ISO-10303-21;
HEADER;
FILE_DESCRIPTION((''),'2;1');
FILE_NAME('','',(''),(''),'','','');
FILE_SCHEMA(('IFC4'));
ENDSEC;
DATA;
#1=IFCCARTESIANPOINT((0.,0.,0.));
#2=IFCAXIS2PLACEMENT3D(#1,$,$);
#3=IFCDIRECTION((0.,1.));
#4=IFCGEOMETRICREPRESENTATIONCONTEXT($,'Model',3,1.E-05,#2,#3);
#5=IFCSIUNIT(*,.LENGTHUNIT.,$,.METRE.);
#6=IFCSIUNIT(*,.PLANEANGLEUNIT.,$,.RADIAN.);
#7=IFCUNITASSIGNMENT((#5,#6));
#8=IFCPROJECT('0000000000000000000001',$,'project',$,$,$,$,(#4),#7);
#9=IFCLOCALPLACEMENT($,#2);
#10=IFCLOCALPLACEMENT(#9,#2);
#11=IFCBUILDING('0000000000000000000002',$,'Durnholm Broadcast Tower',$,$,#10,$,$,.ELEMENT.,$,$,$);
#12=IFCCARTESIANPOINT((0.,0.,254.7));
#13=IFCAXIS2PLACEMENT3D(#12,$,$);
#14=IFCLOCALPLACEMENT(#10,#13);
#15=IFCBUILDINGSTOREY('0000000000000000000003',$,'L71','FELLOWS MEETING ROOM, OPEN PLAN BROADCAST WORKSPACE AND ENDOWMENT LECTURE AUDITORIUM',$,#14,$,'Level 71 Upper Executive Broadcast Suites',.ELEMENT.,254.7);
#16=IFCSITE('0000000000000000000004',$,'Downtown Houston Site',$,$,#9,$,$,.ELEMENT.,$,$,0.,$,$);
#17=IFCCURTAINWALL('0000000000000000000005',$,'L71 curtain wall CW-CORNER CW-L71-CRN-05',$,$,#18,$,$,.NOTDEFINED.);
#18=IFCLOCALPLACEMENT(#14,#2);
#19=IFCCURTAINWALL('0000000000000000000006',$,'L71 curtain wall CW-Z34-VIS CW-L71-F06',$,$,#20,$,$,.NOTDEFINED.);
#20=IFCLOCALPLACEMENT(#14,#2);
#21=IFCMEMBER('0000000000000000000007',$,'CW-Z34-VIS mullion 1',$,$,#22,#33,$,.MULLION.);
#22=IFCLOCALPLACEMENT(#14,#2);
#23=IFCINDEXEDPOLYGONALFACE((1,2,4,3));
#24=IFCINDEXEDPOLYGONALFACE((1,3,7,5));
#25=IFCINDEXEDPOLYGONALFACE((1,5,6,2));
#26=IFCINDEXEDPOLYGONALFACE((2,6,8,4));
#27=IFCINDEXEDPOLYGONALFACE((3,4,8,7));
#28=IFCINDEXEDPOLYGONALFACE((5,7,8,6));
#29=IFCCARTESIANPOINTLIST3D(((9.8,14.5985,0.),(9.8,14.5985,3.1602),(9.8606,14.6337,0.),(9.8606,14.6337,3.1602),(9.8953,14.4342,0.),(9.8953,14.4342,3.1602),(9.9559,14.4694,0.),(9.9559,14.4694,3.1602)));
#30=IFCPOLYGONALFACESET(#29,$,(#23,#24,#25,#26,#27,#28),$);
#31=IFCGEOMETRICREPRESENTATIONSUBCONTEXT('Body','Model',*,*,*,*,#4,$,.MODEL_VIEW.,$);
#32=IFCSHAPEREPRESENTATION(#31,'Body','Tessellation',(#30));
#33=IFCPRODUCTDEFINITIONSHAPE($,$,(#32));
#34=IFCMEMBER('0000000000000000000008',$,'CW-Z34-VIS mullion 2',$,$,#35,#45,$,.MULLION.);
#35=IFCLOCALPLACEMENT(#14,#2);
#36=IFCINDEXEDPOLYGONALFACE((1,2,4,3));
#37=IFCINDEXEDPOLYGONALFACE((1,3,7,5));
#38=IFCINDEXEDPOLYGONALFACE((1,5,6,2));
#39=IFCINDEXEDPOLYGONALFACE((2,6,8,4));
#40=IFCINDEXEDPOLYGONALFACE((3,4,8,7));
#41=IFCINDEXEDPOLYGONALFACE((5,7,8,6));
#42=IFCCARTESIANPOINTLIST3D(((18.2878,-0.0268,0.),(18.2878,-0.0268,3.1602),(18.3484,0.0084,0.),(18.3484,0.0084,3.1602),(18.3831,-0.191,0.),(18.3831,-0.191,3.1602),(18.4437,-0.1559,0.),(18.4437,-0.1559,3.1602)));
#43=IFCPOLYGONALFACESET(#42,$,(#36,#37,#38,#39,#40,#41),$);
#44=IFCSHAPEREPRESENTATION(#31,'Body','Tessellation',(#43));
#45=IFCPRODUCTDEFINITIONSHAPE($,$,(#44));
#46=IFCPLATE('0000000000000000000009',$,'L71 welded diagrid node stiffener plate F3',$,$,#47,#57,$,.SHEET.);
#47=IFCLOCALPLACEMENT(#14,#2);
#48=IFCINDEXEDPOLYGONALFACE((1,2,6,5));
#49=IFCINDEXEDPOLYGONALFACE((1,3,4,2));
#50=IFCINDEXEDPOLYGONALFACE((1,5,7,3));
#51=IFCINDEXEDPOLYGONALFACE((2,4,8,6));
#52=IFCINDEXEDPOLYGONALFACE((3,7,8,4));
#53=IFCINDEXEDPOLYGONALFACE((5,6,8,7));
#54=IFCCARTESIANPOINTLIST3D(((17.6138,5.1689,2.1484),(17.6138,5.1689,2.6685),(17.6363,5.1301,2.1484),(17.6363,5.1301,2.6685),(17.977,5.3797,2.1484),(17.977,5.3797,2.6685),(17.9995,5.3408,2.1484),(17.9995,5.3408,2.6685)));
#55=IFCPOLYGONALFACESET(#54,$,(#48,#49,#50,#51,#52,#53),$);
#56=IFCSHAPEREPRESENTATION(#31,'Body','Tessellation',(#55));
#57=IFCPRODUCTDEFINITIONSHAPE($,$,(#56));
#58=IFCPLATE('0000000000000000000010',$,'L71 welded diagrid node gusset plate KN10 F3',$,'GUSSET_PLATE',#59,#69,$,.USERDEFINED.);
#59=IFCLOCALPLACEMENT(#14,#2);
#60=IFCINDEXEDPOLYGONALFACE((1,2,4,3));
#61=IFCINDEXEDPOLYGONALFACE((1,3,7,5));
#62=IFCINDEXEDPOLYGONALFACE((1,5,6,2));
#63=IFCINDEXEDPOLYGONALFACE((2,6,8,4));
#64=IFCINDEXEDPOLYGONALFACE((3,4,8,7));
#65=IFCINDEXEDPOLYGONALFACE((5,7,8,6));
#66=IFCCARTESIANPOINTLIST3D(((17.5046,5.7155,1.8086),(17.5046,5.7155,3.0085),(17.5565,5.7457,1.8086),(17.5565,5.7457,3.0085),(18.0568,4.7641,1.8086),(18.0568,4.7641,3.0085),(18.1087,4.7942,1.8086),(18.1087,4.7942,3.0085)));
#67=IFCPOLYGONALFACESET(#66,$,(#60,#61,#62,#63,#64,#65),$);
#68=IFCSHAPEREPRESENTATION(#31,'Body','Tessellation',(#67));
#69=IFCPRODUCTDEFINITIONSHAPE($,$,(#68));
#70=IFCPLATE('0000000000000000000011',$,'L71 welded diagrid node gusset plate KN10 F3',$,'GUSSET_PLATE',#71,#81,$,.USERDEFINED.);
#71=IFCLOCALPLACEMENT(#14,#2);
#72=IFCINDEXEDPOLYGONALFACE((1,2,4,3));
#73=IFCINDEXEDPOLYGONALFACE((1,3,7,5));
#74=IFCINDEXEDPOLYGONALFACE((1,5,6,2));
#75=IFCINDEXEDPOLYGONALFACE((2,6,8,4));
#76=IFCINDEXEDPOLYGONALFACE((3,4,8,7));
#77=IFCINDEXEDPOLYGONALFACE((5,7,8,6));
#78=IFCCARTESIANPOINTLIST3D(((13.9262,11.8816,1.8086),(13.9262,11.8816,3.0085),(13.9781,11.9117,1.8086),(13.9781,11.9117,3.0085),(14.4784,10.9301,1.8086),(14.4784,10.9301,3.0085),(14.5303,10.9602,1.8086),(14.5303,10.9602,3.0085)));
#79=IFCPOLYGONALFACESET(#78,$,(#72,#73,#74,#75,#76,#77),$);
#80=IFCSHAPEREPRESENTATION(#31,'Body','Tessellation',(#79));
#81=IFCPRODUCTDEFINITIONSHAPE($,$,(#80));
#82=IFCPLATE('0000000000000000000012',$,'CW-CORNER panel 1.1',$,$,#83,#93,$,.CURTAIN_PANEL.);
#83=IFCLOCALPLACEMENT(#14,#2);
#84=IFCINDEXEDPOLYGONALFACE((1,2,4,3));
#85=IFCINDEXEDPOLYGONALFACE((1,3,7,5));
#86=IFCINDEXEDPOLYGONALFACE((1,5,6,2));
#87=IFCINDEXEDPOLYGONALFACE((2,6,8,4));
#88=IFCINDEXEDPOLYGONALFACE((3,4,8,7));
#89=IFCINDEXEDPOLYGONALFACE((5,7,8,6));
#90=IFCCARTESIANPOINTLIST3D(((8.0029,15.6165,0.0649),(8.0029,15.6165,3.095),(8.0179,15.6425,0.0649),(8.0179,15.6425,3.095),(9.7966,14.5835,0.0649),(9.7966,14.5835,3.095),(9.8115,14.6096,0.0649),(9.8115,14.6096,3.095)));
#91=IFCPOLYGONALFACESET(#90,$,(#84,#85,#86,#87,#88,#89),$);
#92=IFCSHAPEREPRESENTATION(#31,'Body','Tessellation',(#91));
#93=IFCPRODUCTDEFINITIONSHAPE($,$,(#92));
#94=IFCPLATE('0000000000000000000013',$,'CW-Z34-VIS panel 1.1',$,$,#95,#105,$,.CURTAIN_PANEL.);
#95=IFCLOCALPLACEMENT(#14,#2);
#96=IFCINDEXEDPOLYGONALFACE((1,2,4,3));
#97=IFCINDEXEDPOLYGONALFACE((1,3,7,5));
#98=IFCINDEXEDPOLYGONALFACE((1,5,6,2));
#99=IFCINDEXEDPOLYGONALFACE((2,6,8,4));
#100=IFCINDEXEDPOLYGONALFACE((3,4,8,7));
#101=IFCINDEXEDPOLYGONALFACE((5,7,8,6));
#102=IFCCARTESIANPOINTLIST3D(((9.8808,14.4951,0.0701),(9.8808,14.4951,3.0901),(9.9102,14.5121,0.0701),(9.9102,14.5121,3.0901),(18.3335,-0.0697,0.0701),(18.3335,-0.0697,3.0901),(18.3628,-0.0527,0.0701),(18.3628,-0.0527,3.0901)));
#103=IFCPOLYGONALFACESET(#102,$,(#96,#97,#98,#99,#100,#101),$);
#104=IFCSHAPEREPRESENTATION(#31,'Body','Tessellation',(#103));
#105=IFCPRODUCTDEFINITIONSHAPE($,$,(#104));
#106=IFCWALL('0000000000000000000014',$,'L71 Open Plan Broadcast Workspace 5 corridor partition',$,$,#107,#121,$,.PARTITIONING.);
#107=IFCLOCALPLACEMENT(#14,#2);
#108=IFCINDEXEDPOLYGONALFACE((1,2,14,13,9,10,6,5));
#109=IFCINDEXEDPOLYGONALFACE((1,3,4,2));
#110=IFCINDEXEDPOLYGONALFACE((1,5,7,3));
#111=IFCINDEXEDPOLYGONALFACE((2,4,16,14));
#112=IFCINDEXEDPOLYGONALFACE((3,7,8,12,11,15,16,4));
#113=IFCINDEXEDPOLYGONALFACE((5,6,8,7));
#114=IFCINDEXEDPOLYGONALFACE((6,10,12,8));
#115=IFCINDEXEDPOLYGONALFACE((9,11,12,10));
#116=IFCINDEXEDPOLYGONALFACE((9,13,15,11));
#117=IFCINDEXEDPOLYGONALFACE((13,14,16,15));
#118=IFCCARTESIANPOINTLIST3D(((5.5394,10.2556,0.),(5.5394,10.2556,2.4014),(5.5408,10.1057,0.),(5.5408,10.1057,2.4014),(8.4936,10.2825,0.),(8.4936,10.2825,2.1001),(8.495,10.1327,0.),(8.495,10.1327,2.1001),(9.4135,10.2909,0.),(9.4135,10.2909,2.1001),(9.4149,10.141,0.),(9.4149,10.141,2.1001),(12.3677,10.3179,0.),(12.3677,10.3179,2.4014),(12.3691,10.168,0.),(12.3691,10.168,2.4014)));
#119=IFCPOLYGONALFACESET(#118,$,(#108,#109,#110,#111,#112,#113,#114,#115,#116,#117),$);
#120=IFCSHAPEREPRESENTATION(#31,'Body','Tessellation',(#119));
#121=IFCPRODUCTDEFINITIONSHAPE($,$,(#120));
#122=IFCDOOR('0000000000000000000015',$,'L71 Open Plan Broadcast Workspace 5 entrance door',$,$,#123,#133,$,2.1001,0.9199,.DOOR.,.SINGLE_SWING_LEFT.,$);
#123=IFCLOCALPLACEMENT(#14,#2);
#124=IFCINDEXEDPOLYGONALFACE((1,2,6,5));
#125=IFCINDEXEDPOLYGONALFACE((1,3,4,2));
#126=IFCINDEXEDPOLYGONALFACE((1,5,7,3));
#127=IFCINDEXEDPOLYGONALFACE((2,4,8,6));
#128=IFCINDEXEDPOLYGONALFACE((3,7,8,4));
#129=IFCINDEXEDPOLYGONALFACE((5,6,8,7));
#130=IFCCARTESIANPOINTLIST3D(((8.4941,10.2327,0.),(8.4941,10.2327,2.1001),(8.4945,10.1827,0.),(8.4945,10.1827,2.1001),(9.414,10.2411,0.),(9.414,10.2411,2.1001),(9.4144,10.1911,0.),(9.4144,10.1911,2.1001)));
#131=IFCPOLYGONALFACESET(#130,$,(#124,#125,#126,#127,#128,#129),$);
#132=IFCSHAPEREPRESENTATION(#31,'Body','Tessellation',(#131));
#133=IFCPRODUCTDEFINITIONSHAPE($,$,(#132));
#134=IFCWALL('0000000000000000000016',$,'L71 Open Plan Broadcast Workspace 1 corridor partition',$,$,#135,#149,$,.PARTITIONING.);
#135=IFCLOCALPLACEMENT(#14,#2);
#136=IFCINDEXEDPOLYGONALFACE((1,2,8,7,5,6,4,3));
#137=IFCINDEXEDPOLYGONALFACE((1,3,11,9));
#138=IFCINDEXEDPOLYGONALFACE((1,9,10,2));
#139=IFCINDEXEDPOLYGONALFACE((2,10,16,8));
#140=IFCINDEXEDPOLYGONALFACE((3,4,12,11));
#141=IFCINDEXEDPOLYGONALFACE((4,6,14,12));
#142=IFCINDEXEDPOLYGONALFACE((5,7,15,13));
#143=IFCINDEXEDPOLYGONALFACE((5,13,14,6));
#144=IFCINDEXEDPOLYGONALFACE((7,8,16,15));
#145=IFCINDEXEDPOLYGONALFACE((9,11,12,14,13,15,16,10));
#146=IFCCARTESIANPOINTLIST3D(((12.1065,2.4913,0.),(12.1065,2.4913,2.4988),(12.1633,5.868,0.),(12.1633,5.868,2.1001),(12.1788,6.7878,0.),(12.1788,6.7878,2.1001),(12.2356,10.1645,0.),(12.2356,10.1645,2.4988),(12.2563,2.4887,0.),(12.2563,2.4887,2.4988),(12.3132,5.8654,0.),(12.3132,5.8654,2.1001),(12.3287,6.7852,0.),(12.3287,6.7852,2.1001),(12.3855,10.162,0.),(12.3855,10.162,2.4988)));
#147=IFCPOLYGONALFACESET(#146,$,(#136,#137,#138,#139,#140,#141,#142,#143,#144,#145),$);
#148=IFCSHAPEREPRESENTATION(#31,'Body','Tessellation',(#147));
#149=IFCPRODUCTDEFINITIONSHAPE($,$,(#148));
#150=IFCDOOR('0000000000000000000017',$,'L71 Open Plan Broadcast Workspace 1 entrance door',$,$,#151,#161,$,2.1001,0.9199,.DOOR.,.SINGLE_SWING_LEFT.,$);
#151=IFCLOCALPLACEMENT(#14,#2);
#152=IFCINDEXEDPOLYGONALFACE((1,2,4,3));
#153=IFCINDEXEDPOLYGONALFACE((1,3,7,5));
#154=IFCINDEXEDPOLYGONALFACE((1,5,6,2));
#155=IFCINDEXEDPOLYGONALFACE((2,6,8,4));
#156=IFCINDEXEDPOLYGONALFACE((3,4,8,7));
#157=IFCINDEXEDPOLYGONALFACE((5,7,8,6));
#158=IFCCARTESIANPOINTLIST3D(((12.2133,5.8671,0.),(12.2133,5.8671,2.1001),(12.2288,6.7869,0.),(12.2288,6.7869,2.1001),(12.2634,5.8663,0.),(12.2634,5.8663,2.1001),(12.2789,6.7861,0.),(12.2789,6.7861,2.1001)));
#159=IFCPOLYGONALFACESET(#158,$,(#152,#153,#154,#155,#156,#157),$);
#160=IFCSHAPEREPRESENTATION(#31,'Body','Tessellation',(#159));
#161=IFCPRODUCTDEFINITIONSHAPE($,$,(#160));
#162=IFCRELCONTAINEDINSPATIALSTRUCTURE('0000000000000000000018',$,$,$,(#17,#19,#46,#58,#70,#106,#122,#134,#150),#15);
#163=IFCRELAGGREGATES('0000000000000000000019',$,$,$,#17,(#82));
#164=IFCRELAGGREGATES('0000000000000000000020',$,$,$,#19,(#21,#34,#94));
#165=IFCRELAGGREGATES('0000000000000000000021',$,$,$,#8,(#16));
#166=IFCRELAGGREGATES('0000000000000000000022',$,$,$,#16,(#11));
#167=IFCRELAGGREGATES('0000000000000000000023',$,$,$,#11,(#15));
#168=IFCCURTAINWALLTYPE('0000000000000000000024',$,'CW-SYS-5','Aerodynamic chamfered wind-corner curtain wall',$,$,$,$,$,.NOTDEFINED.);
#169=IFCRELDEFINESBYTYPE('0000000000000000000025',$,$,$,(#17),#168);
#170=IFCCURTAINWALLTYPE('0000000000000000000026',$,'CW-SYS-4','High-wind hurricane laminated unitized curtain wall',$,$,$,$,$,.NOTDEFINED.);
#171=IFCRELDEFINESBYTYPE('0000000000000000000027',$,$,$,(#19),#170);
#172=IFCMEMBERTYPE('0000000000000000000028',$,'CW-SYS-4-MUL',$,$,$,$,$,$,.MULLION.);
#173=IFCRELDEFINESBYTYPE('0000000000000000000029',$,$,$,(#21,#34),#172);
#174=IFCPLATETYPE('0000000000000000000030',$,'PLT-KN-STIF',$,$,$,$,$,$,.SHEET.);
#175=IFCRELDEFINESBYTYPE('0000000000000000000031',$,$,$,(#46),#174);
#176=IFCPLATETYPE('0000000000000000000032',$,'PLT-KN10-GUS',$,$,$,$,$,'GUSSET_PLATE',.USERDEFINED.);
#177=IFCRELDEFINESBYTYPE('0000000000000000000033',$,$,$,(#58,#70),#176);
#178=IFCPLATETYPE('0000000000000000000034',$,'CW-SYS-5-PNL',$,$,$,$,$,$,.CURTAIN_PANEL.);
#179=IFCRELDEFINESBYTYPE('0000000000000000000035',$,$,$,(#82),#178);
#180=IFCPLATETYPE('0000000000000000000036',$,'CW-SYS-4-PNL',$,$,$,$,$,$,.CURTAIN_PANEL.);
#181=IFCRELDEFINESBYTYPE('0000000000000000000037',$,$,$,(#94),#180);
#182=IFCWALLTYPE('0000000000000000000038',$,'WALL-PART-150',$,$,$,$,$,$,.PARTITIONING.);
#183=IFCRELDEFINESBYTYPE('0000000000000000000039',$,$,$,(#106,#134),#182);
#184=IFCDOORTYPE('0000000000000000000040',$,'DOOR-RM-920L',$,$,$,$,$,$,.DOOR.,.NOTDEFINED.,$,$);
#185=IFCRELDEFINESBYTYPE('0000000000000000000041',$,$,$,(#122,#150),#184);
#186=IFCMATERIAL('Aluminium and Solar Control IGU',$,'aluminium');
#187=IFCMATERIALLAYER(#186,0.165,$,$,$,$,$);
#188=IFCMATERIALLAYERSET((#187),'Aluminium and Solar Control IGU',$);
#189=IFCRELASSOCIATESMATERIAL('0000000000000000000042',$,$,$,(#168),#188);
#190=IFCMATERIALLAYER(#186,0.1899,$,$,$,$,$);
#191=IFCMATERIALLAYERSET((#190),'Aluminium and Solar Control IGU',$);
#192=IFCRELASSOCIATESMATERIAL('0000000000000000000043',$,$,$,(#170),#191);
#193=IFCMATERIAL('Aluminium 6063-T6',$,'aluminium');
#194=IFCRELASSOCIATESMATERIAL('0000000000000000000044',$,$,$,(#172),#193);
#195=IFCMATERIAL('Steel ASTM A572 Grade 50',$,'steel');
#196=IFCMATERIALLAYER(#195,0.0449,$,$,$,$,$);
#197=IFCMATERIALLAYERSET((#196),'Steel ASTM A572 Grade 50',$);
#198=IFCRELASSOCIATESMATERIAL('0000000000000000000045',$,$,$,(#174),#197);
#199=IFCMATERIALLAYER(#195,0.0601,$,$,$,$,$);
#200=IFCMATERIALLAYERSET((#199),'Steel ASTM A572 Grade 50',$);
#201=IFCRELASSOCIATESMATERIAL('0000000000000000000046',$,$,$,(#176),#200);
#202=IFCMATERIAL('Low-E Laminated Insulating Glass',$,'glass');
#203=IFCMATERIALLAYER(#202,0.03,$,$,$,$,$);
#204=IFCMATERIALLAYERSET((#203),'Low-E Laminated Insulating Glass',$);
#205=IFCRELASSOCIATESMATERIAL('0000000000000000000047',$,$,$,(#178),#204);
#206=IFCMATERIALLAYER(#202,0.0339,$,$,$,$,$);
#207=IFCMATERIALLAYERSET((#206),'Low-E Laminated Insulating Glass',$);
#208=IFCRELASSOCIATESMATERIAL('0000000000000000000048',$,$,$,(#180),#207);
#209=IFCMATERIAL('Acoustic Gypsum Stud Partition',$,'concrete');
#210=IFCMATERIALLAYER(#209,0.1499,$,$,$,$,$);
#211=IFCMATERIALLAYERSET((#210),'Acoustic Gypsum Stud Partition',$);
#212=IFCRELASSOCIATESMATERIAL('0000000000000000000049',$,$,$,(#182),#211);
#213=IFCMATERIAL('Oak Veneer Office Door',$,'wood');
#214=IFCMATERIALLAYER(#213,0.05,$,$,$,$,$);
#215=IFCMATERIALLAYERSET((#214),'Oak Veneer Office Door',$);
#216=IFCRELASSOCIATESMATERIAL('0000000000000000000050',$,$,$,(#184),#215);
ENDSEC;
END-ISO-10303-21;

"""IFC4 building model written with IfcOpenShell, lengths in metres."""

from ifc_helpers import new_model, si_unit, direction, frame, frame_2d, origin, origin_2d, place, context, subcontext, project, spatial, rectangle, extrude, source, transform, mapped, material, layer, layer_set, material_profile, profile_set, type_object, type_shapes, element, fill, aggregate, save


model = new_model("IFC4")

# Units and contexts
model_context = context("Model", 3, precision=1e-05, world=origin(), true_north=direction((0.0, 1.0)))
body_context = subcontext(model_context, "Body", "Model", "MODEL_VIEW")
ifc_project = project(units=[si_unit("LENGTHUNIT", "METRE"), si_unit("PLANEANGLEUNIT", "RADIAN")], contexts=[model_context])

# Site, building, storey
site_placement = place(None, origin())
site = spatial("IfcSite", under=ifc_project, at=site_placement, Name="Downtown Houston Site", CompositionType="ELEMENT", RefElevation=0.0)
building_placement = place(site_placement, origin())
building = spatial("IfcBuilding", under=site, at=building_placement, Name="Durnholm Broadcast Tower", CompositionType="ELEMENT")
storey_placement = place(building_placement, frame((0.0, 0.0, 254.7)))
storey = spatial("IfcBuildingStorey", under=building, at=storey_placement, Name="L71", Description="FELLOWS MEETING ROOM, OPEN PLAN BROADCAST WORKSPACE AND ENDOWMENT LECTURE AUDITORIUM", LongName="Level 71 Upper Executive Broadcast Suites", CompositionType="ELEMENT", Elevation=254.7)

# Curtain walls
ifc_material_1 = material(Name="Aluminium and Solar Control IGU", Category="aluminium")
ifc_layer_1 = layer(ifc_material_1, 0.165)
ifc_layer_set_1 = layer_set([ifc_layer_1], Name="Aluminium and Solar Control IGU")
curtain_wall_type_1 = type_object("IfcCurtainWallType", Name="CW-SYS-5", Description="Aerodynamic chamfered wind-corner curtain wall", PredefinedType="NOTDEFINED", material=ifc_layer_set_1)
curtain_wall_1_placement = place(storey_placement, origin())
curtain_wall_1 = element("IfcCurtainWall", 1, at=curtain_wall_1_placement, inside=storey, type_object=curtain_wall_type_1, Name="L71 curtain wall CW-CORNER CW-L71-CRN-05", PredefinedType="NOTDEFINED")
ifc_material_2 = material(Name="Aluminium 6063-T6", Category="aluminium")
ifc_layer_2 = layer(ifc_material_1, 0.1899)
ifc_layer_set_2 = layer_set([ifc_layer_2], Name="Aluminium and Solar Control IGU")
curtain_wall_type_2 = type_object("IfcCurtainWallType", Name="CW-SYS-4", Description="High-wind hurricane laminated unitized curtain wall", PredefinedType="NOTDEFINED", material=ifc_layer_set_2)
curtain_wall_2_placement = place(storey_placement, origin())
curtain_wall_2 = element("IfcCurtainWall", 2, at=curtain_wall_2_placement, inside=storey, type_object=curtain_wall_type_2, Name="L71 curtain wall CW-Z34-VIS CW-L71-F06", PredefinedType="NOTDEFINED")

# Members
ifc_material_profile_1 = material_profile(ifc_material_2, rectangle(XDim=0.0701, YDim=0.1899, at=origin_2d()), Name="CWM70X190")
ifc_profile_set_1 = profile_set([ifc_material_profile_1], Name="Aluminium 6063-T6")
member_type_1 = type_object("IfcMemberType", Name="CW-SYS-4-MUL", PredefinedType="MULLION", material=ifc_profile_set_1)
shared_shape_1 = source(origin(), body_context, "Body", "SweptSolid", [
    extrude(rectangle(XDim=0.0701, YDim=0.1899, at=origin_2d()), origin(), (0.0, 0.0, 1.0), 3.1602),
])
type_shapes(member_type_1, [shared_shape_1])
member_1_placement = place(storey_placement, frame((9.8779, 14.5339, 0.0), z_axis=(0.0, 0.0, 1.0), x_axis=(0.8649, 0.501944, 0.0)))
member_1 = element("IfcMember", 3, at=member_1_placement, type_object=member_type_1, Name="CW-Z34-VIS mullion 1", PredefinedType="MULLION", context=body_context, shape_type="MappedRepresentation", body=[
    mapped(shared_shape_1, transform((0.0, 0.0, 0.0), x_axis=(1.0, 0.0, 0.0), y_axis=(0.0, 1.0, 0.0), z_axis=(0.0, 0.0, 1.0), scale=1.0)),
])
member_2_placement = place(storey_placement, frame((18.3657, -0.0913, 0.0), z_axis=(0.0, 0.0, 1.0), x_axis=(0.8649, 0.501944, 0.0)))
member_2 = element("IfcMember", 4, at=member_2_placement, type_object=member_type_1, Name="CW-Z34-VIS mullion 2", PredefinedType="MULLION", context=body_context, shape_type="MappedRepresentation", body=[
    mapped(shared_shape_1, transform((0.0, 0.0, 0.0), x_axis=(1.0, 0.0, 0.0), y_axis=(0.0, 1.0, 0.0), z_axis=(0.0, 0.0, 1.0), scale=1.0)),
])

# Plates
ifc_material_3 = material(Name="Steel ASTM A572 Grade 50", Category="steel")
ifc_layer_3 = layer(ifc_material_3, 0.0449)
ifc_layer_set_3 = layer_set([ifc_layer_3], Name="Steel ASTM A572 Grade 50")
plate_type_1 = type_object("IfcPlateType", Name="PLT-KN-STIF", PredefinedType="SHEET", material=ifc_layer_set_3)
shared_shape_2 = source(origin(), body_context, "Body", "SweptSolid", [
    extrude(rectangle(XDim=0.0449, YDim=0.4199, at=origin_2d()), origin(), (0.0, 0.0, 1.0), 0.52),
])
type_shapes(plate_type_1, [shared_shape_2])
plate_1_placement = place(storey_placement, frame((17.8066, 5.2549, 2.1484), z_axis=(0.0, 0.0, 1.0), x_axis=(-0.501964, 0.864889, 0.0)))
element("IfcPlate", 5, at=plate_1_placement, inside=storey, type_object=plate_type_1, Name="L71 welded diagrid node stiffener plate F3", PredefinedType="SHEET", context=body_context, shape_type="MappedRepresentation", body=[
    mapped(shared_shape_2, transform((0.0, 0.0, 0.0), x_axis=(1.0, 0.0, 0.0), y_axis=(0.0, 1.0, 0.0), z_axis=(0.0, 0.0, 1.0), scale=1.0)),
])
ifc_layer_4 = layer(ifc_material_3, 0.0601)
ifc_layer_set_4 = layer_set([ifc_layer_4], Name="Steel ASTM A572 Grade 50")
plate_type_2 = type_object("IfcPlateType", Name="PLT-KN10-GUS", ElementType="GUSSET_PLATE", PredefinedType="USERDEFINED", material=ifc_layer_set_4)
shared_shape_3 = source(origin(), body_context, "Body", "SweptSolid", [
    extrude(rectangle(XDim=1.1001, YDim=0.0601, at=origin_2d()), origin(), (0.0, 0.0, 1.0), 1.2),
])
type_shapes(plate_type_2, [shared_shape_3])
for number, where, z_axis, x_axis, name in (
    (6, (17.8066, 5.2549, 1.8086), (0.0, 0.0, 1.0), (-0.501964, 0.864889, 0.0), "L71 welded diagrid node gusset plate KN10 F3"),
    (7, (14.2283, 11.4209, 1.8086), (0.0, 0.0, 1.0), (-0.501964, 0.864889, 0.0), "L71 welded diagrid node gusset plate KN10 F3"),
):
    element("IfcPlate", number, at=place(storey_placement, frame(where, z_axis=z_axis, x_axis=x_axis)), inside=storey, type_object=plate_type_2, Name=name, ObjectType="GUSSET_PLATE", PredefinedType="USERDEFINED", context=body_context, shape_type="MappedRepresentation", body=[
        mapped(shared_shape_3, transform((0.0, 0.0, 0.0), x_axis=(1.0, 0.0, 0.0), y_axis=(0.0, 1.0, 0.0), z_axis=(0.0, 0.0, 1.0), scale=1.0)),
    ])

# Plates
ifc_material_4 = material(Name="Low-E Laminated Insulating Glass", Category="glass")
ifc_layer_5 = layer(ifc_material_4, 0.03)
ifc_layer_set_5 = layer_set([ifc_layer_5], Name="Low-E Laminated Insulating Glass")
plate_type_3 = type_object("IfcPlateType", Name="CW-SYS-5-PNL", PredefinedType="CURTAIN_PANEL", material=ifc_layer_set_5)
shared_shape_4 = source(origin(), body_context, "Body", "SweptSolid", [
    extrude(rectangle(XDim=2.0698, YDim=0.03, at=origin_2d()), origin(), (0.0, 0.0, 1.0), 3.03),
])
type_shapes(plate_type_3, [shared_shape_4])
plate_2_placement = place(storey_placement, frame((8.9072, 15.113, 0.0649), z_axis=(0.0, 0.0, 1.0), x_axis=(0.866568, -0.499059, 0.0)))
plate_2 = element("IfcPlate", 8, at=plate_2_placement, type_object=plate_type_3, Name="CW-CORNER panel 1.1", PredefinedType="CURTAIN_PANEL", context=body_context, shape_type="MappedRepresentation", body=[
    mapped(shared_shape_4, transform((0.0, 0.0, 0.0), x_axis=(1.0, 0.0, 0.0), y_axis=(0.0, 1.0, 0.0), z_axis=(0.0, 0.0, 1.0), scale=1.0)),
])
aggregate(curtain_wall_1, [plate_2])
ifc_layer_6 = layer(ifc_material_4, 0.0339)
ifc_layer_set_6 = layer_set([ifc_layer_6], Name="Low-E Laminated Insulating Glass")
plate_type_4 = type_object("IfcPlateType", Name="CW-SYS-4-PNL", PredefinedType="CURTAIN_PANEL", material=ifc_layer_set_6)
shared_shape_5 = source(origin(), body_context, "Body", "SweptSolid", [
    extrude(rectangle(XDim=16.8398, YDim=0.0339, at=origin_2d()), origin(), (0.0, 0.0, 1.0), 3.02),
])
type_shapes(plate_type_4, [shared_shape_5])
plate_3_placement = place(storey_placement, frame((14.1218, 7.2212, 0.0701), z_axis=(0.0, 0.0, 1.0), x_axis=(0.501944, -0.8649, 0.0)))
plate_3 = element("IfcPlate", 9, at=plate_3_placement, type_object=plate_type_4, Name="CW-Z34-VIS panel 1.1", PredefinedType="CURTAIN_PANEL", context=body_context, shape_type="MappedRepresentation", body=[
    mapped(shared_shape_5, transform((0.0, 0.0, 0.0), x_axis=(1.0, 0.0, 0.0), y_axis=(0.0, 1.0, 0.0), z_axis=(0.0, 0.0, 1.0), scale=1.0)),
])
aggregate(curtain_wall_2, [member_1, member_2, plate_3])

# Walls, openings, doors
ifc_material_5 = material(Name="Acoustic Gypsum Stud Partition", Category="concrete")
ifc_layer_7 = layer(ifc_material_5, 0.1499)
ifc_layer_set_7 = layer_set([ifc_layer_7], Name="Acoustic Gypsum Stud Partition")
wall_type_1 = type_object("IfcWallType", Name="WALL-PART-150", PredefinedType="PARTITIONING", material=ifc_layer_set_7)
wall_1_placement = place(storey_placement, frame((12.3684, 10.2429, 0.0), z_axis=(0.0, 0.0, 1.0), x_axis=(-0.999958, -0.009117, 0.0)))
wall_1 = element("IfcWall", 10, at=wall_1_placement, inside=storey, type_object=wall_type_1, Name="L71 Open Plan Broadcast Workspace 5 corridor partition", PredefinedType="PARTITIONING", context=body_context, shape_type="SweptSolid", body=[
    extrude(rectangle(XDim=6.8286, YDim=0.1499, at=frame_2d((3.4143, 0.0))), origin(), (0.0, 0.0, 1.0), 2.4014),
])
opening_1_placement = place(wall_1_placement, frame((2.9543, 0.0, 0.0)))
opening_1 = element("IfcOpeningElement", 11, at=opening_1_placement, cuts=wall_1, PredefinedType="OPENING", context=body_context, shape_type="SweptSolid", body=[
    extrude(rectangle(XDim=0.9199, YDim=2.1001, at=frame_2d((0.46, 1.05))), frame((0.0, 0.085, 0.0), z_axis=(0.0, -1.0, 0.0), x_axis=(1.0, 0.0, 0.0)), (0.0, 0.0, 1.0), 0.1699),
])
ifc_material_6 = material(Name="Oak Veneer Office Door", Category="wood")
ifc_layer_8 = layer(ifc_material_6, 0.05)
ifc_layer_set_8 = layer_set([ifc_layer_8], Name="Oak Veneer Office Door")
door_type = type_object("IfcDoorType", Name="DOOR-RM-920L", OperationType="NOTDEFINED", PredefinedType="DOOR", material=ifc_layer_set_8)
shared_shape_6 = source(origin(), body_context, "Body", "SweptSolid", [
    extrude(rectangle(XDim=0.9199, YDim=2.1001, at=frame_2d((0.46, 1.05))), frame((0.0, 0.0249, 0.0), z_axis=(0.0, -1.0, 0.0), x_axis=(1.0, 0.0, 0.0)), (0.0, 0.0, 1.0), 0.05),
])
type_shapes(door_type, [shared_shape_6])
door_1_placement = place(opening_1_placement, origin())
door_1 = element("IfcDoor", 12, at=door_1_placement, inside=storey, type_object=door_type, Name="L71 Open Plan Broadcast Workspace 5 entrance door", OperationType="SINGLE_SWING_LEFT", OverallHeight=2.1001, OverallWidth=0.9199, PredefinedType="DOOR", context=body_context, shape_type="MappedRepresentation", body=[
    mapped(shared_shape_6, transform((0.0, 0.0, 0.0), x_axis=(1.0, 0.0, 0.0), y_axis=(0.0, 1.0, 0.0), z_axis=(0.0, 0.0, 1.0), scale=1.0)),
])
fill(opening_1, door_1)
wall_2_placement = place(storey_placement, frame((12.1814, 2.49, 0.0), z_axis=(0.0, 0.0, 1.0), x_axis=(0.016829, 0.999858, 0.0)))
wall_2 = element("IfcWall", 13, at=wall_2_placement, inside=storey, type_object=wall_type_1, Name="L71 Open Plan Broadcast Workspace 1 corridor partition", PredefinedType="PARTITIONING", context=body_context, shape_type="SweptSolid", body=[
    extrude(rectangle(XDim=7.6743, YDim=0.1499, at=frame_2d((3.8372, 0.0))), origin(), (0.0, 0.0, 1.0), 2.4988),
])
opening_2_placement = place(wall_2_placement, frame((3.3772, 0.0, 0.0)))
opening_2 = element("IfcOpeningElement", 14, at=opening_2_placement, cuts=wall_2, PredefinedType="OPENING", context=body_context, shape_type="SweptSolid", body=[
    extrude(rectangle(XDim=0.9199, YDim=2.1001, at=frame_2d((0.46, 1.05))), frame((0.0, 0.085, 0.0), z_axis=(0.0, -1.0, 0.0), x_axis=(1.0, 0.0, 0.0)), (0.0, 0.0, 1.0), 0.1699),
])
door_2_placement = place(opening_2_placement, origin())
door_2 = element("IfcDoor", 15, at=door_2_placement, inside=storey, type_object=door_type, Name="L71 Open Plan Broadcast Workspace 1 entrance door", OperationType="SINGLE_SWING_LEFT", OverallHeight=2.1001, OverallWidth=0.9199, PredefinedType="DOOR", context=body_context, shape_type="MappedRepresentation", body=[
    mapped(shared_shape_6, transform((0.0, 0.0, 0.0), x_axis=(1.0, 0.0, 0.0), y_axis=(0.0, 1.0, 0.0), z_axis=(0.0, 0.0, 1.0), scale=1.0)),
])
fill(opening_2, door_2)

save(model, "model.ifc")
